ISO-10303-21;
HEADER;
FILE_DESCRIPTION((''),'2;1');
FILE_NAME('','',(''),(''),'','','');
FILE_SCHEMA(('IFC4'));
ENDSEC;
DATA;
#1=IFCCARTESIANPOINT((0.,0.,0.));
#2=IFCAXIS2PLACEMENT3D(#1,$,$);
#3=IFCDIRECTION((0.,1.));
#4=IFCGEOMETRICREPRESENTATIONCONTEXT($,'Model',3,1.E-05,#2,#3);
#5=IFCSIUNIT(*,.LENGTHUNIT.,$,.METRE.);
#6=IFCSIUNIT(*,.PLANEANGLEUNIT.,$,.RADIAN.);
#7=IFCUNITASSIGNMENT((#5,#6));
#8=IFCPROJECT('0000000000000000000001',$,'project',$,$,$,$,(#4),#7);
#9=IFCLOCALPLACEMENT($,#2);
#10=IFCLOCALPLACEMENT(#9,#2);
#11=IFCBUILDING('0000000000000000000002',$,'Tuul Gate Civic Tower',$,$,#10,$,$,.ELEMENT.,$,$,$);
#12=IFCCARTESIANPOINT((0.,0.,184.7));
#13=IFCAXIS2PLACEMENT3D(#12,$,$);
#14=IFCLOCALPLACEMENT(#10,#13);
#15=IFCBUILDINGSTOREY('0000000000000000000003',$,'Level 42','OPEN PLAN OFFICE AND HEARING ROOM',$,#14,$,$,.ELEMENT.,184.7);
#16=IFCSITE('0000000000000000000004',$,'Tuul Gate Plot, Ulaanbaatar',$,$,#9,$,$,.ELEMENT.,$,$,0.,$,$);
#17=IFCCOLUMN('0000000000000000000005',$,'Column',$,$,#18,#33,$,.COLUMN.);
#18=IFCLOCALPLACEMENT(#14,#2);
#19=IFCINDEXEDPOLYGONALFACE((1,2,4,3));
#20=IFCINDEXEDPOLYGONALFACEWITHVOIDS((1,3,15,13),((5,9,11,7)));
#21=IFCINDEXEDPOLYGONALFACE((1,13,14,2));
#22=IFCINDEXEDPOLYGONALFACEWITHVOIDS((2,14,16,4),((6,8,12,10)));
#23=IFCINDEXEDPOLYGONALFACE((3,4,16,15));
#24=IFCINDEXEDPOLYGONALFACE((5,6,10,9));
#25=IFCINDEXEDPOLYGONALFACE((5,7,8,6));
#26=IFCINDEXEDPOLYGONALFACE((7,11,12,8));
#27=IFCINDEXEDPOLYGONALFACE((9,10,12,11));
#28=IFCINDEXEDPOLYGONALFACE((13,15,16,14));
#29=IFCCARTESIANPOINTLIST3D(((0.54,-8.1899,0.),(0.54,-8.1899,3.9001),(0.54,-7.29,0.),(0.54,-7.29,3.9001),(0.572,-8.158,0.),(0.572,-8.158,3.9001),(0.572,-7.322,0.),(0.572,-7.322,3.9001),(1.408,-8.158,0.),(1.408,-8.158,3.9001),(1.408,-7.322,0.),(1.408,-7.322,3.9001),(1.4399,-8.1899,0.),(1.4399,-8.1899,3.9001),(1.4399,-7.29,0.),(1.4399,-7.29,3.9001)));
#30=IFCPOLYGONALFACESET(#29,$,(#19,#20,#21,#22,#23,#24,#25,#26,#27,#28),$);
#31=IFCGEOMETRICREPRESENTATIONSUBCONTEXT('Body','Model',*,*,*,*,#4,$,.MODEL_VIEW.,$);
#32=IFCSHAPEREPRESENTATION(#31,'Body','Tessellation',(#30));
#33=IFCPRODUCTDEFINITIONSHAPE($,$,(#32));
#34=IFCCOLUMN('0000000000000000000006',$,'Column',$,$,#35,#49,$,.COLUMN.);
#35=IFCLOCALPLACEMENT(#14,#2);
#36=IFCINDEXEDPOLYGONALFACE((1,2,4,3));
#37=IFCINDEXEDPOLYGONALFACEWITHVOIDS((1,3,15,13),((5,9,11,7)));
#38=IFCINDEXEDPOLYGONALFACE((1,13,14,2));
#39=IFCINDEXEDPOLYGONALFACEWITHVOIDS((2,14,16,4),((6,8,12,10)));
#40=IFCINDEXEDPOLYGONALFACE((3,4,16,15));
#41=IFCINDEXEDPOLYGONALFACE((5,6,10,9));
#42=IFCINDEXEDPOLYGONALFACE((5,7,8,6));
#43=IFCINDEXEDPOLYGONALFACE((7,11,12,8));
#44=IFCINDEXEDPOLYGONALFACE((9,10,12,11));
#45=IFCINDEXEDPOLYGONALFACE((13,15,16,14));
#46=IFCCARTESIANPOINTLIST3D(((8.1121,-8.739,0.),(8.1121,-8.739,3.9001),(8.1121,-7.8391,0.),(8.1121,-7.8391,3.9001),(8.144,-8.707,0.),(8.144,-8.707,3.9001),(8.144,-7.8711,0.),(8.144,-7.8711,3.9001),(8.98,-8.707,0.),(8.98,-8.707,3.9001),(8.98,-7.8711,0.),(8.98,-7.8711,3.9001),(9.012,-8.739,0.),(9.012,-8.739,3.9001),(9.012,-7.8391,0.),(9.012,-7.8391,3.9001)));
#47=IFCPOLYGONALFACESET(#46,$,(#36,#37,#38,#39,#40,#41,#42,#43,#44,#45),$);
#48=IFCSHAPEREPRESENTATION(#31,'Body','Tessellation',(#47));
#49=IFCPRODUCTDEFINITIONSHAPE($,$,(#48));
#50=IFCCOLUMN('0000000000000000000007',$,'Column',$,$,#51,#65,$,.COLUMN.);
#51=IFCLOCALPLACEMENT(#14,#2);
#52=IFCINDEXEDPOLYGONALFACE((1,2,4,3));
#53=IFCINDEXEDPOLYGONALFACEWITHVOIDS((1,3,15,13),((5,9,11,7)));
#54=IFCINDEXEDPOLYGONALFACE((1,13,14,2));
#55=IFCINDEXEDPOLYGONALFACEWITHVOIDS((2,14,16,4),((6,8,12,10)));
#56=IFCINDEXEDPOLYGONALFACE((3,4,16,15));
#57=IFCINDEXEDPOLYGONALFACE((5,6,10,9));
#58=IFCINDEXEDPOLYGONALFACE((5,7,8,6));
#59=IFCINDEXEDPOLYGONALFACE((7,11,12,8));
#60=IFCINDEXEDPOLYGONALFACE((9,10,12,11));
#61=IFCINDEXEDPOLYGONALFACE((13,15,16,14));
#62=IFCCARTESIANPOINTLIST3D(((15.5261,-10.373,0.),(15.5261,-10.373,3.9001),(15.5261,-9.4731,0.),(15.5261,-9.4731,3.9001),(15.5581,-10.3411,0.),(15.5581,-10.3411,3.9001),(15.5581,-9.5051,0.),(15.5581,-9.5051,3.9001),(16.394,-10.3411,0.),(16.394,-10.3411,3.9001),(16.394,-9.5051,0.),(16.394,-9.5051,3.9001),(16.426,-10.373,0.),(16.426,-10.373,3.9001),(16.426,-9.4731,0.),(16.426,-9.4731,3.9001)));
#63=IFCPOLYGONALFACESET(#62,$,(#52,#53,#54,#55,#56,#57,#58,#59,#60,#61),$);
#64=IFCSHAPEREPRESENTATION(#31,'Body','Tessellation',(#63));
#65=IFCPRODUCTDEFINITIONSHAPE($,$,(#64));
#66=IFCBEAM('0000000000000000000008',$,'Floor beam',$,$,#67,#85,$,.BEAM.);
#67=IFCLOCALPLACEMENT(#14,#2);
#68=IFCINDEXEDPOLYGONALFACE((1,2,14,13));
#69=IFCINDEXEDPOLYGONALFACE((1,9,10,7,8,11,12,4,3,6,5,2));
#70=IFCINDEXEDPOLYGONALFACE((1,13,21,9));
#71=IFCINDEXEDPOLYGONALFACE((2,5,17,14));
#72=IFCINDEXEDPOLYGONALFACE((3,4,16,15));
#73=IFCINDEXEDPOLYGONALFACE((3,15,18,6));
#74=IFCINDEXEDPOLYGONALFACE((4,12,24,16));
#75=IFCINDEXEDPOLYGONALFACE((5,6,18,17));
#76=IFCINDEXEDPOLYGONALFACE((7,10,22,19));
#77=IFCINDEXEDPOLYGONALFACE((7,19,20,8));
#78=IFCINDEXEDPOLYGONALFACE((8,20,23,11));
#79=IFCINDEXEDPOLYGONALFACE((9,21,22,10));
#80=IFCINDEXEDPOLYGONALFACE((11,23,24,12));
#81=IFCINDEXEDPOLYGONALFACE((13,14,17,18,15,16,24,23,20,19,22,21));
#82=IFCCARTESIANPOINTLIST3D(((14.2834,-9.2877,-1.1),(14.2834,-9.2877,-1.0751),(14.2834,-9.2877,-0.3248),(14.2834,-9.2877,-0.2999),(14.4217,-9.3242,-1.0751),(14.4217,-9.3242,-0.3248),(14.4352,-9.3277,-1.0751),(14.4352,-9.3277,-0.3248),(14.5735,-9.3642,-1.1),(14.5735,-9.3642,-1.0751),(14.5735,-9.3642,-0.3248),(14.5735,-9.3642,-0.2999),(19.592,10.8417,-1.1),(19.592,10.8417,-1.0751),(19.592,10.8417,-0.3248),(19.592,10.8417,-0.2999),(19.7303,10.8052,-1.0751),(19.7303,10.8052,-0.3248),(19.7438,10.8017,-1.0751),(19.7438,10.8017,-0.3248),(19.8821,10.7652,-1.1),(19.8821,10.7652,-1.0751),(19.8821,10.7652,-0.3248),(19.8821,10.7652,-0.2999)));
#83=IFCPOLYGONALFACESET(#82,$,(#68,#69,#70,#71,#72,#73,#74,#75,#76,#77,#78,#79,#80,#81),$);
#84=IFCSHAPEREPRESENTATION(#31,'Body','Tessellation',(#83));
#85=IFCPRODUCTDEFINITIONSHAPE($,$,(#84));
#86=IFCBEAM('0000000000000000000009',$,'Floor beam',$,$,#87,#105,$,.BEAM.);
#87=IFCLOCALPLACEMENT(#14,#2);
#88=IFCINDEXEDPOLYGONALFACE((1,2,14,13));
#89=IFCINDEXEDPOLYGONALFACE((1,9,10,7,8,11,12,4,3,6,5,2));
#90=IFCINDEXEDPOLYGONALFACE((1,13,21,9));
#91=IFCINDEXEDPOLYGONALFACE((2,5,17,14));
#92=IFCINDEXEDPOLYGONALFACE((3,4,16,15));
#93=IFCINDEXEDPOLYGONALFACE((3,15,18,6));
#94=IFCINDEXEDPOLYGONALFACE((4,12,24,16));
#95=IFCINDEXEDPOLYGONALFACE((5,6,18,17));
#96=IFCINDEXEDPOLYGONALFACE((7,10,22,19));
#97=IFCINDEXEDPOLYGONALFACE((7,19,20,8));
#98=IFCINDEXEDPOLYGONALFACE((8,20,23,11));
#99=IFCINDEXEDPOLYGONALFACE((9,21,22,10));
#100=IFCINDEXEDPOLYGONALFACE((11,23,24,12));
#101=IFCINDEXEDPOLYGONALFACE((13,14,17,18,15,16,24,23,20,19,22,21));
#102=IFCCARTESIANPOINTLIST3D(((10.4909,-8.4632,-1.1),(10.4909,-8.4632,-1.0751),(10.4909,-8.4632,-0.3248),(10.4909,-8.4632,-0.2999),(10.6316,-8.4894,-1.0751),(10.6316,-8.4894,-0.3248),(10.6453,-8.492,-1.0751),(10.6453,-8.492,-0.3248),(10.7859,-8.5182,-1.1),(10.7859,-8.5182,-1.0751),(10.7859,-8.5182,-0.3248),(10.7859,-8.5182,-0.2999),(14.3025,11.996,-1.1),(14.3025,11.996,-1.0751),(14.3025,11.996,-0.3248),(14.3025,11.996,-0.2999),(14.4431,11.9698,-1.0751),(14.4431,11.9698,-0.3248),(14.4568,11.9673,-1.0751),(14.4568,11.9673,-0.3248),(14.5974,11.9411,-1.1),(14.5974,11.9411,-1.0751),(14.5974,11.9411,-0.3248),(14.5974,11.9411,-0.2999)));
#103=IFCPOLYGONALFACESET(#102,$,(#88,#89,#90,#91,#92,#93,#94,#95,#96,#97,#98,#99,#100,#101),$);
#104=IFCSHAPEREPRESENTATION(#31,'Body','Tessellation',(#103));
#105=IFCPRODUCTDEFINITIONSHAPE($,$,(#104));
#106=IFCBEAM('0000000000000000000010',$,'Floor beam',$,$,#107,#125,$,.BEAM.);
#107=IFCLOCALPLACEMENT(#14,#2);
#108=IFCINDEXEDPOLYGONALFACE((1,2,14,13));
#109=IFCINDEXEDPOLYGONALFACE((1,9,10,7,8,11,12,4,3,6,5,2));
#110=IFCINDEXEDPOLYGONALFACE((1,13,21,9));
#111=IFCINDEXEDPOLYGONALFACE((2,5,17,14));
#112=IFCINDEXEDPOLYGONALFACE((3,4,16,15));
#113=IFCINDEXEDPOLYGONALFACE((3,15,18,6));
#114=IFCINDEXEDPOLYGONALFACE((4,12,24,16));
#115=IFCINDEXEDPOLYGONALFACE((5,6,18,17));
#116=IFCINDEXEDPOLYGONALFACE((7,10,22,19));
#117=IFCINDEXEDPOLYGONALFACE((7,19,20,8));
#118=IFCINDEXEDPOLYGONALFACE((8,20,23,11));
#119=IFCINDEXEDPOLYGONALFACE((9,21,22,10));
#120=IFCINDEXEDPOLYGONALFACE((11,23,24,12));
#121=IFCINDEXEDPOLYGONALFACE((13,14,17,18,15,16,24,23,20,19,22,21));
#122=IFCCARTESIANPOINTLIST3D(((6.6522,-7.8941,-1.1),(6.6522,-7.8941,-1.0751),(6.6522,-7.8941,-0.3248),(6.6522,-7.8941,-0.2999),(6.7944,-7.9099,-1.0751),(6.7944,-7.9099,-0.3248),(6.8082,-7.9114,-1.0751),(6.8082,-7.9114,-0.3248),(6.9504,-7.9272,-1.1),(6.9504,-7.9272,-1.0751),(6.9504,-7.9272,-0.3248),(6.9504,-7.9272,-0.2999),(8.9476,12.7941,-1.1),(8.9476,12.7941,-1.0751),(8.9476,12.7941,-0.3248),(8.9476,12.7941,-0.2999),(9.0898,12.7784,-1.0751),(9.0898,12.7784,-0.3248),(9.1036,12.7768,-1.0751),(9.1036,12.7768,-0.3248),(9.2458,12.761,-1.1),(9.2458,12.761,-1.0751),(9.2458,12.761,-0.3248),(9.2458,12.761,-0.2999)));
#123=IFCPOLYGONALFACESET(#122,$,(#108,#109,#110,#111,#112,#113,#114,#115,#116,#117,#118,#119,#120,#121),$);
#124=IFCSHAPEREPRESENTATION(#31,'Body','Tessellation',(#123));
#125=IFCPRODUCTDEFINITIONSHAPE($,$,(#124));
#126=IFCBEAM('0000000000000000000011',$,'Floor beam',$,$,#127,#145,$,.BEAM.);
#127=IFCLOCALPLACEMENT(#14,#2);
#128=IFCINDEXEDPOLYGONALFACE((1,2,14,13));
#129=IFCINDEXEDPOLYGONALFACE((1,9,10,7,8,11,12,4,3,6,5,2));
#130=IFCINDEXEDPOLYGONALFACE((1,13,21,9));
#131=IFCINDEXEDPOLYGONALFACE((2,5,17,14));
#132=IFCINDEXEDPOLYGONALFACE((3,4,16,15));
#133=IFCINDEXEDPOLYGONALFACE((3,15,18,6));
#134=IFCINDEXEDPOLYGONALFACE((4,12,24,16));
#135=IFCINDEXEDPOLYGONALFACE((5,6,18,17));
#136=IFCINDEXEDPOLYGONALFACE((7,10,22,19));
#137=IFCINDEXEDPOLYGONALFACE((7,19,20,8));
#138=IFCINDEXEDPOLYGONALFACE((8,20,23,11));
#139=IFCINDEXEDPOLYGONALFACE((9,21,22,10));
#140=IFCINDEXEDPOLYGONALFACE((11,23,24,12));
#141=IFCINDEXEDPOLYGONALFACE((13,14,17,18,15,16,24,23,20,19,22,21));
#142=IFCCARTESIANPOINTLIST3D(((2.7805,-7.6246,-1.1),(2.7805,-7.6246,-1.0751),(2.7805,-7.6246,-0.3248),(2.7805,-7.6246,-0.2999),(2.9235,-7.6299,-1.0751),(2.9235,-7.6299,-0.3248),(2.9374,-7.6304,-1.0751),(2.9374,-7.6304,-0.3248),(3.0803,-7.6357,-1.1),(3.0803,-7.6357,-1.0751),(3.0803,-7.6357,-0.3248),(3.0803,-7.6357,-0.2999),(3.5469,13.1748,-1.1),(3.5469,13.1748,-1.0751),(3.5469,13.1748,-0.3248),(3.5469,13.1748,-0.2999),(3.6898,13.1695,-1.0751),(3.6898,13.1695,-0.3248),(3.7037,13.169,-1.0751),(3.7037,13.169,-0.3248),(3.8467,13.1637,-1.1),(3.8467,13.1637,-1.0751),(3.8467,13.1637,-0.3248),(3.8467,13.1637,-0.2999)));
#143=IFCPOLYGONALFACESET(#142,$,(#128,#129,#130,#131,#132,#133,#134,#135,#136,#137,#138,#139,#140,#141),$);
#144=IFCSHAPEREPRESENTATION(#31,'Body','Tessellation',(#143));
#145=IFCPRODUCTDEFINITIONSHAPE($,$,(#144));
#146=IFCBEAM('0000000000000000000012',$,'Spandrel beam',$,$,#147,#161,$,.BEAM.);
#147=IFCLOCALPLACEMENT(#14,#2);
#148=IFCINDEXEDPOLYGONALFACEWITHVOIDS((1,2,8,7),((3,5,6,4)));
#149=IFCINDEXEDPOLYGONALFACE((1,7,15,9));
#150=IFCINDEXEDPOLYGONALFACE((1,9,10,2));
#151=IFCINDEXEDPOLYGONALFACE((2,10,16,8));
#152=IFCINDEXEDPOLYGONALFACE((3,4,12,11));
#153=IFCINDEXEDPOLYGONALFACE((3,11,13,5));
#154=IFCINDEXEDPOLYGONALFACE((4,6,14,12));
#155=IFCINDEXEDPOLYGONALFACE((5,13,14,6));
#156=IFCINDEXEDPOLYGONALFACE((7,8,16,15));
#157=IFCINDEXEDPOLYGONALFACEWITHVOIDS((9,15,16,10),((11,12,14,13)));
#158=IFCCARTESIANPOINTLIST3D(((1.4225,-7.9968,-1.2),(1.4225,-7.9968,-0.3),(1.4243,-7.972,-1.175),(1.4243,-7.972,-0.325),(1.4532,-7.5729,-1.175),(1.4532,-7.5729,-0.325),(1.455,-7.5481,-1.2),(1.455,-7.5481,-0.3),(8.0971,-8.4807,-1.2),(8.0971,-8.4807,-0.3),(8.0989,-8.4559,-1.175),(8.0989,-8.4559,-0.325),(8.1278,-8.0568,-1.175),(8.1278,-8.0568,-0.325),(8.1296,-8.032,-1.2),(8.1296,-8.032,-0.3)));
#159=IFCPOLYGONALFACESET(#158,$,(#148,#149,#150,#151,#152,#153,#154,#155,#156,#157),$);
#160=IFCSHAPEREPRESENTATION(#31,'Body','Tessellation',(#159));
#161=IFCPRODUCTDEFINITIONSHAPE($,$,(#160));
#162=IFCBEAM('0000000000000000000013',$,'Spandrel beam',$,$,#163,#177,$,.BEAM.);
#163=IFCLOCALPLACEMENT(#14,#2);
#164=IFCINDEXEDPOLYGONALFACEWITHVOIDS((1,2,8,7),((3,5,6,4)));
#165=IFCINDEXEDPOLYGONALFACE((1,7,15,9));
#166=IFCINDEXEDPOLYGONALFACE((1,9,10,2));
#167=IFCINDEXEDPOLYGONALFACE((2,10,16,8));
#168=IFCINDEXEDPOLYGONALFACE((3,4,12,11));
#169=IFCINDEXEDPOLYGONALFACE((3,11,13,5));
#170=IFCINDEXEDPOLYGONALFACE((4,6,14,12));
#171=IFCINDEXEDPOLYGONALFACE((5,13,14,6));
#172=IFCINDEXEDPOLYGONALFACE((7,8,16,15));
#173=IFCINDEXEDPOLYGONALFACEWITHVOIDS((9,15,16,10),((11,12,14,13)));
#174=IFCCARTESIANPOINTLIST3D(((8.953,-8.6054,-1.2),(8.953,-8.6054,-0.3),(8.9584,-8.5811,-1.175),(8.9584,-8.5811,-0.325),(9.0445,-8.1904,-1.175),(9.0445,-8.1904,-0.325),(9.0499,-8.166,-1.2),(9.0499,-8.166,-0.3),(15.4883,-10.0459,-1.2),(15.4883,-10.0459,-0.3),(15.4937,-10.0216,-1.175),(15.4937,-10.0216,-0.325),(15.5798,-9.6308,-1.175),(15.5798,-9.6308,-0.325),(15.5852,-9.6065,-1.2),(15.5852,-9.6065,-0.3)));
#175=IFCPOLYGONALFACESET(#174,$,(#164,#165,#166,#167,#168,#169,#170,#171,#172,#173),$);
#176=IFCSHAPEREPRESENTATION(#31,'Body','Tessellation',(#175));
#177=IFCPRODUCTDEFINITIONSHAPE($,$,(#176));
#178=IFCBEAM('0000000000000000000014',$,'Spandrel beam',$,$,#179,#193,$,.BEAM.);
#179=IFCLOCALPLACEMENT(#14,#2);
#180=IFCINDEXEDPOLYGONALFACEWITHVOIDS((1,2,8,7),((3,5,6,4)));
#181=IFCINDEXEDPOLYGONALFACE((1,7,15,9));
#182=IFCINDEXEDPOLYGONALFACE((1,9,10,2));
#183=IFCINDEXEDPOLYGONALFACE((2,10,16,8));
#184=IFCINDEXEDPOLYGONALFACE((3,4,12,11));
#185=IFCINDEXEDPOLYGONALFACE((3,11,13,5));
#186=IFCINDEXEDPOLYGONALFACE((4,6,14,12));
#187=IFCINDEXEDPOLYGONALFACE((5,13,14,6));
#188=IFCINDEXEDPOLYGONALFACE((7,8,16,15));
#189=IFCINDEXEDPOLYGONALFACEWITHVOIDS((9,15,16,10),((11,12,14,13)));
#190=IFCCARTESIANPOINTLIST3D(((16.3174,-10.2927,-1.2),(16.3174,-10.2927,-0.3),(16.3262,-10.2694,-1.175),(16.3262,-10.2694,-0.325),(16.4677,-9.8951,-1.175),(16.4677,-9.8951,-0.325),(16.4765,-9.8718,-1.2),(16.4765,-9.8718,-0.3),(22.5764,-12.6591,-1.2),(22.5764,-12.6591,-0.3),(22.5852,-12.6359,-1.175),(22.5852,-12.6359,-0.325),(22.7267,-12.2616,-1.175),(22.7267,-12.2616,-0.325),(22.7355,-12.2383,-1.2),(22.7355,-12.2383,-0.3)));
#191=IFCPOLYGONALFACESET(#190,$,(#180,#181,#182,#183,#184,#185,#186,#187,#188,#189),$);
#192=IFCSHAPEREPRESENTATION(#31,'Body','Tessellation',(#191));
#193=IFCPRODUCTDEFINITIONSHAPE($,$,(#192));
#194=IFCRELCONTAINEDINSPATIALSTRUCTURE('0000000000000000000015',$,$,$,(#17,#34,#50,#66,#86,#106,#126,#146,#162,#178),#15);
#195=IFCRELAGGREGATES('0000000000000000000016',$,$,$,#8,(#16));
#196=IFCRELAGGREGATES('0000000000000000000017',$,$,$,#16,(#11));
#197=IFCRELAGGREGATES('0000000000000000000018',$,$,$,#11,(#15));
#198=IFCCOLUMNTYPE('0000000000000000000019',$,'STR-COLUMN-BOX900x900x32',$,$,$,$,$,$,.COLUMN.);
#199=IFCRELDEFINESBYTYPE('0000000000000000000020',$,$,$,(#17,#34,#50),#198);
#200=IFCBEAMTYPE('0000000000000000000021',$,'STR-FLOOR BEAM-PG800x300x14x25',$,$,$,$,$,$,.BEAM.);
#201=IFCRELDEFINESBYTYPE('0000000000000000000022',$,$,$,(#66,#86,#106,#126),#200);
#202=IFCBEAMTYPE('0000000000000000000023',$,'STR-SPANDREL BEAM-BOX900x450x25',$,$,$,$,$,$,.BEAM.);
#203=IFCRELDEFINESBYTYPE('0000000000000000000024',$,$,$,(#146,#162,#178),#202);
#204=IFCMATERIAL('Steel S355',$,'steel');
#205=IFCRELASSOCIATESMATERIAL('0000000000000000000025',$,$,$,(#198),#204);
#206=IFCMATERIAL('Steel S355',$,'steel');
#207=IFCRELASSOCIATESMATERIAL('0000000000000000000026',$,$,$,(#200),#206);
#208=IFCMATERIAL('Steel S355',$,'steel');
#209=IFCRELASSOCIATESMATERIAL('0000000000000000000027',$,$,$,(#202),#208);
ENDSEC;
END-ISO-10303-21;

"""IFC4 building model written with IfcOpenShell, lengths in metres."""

from ifc_helpers import new_model, si_unit, direction, frame, origin, origin_2d, place, context, subcontext, project, spatial, hollow_rectangle, i_section, extrude, material, material_profile, profile_set, type_object, element, save


model = new_model("IFC4")

# Units and contexts
model_context = context("Model", 3, precision=1e-05, world=origin(), true_north=direction((0.0, 1.0)))
body_context = subcontext(model_context, "Body", "Model", "MODEL_VIEW")
ifc_project = project(units=[si_unit("LENGTHUNIT", "METRE"), si_unit("PLANEANGLEUNIT", "RADIAN")], contexts=[model_context])

# Site, building, storey
site_placement = place(None, origin())
site = spatial("IfcSite", under=ifc_project, at=site_placement, Name="Tuul Gate Plot, Ulaanbaatar", CompositionType="ELEMENT", RefElevation=0.0)
building_placement = place(site_placement, origin())
building = spatial("IfcBuilding", under=site, at=building_placement, Name="Tuul Gate Civic Tower", CompositionType="ELEMENT")
storey_placement = place(building_placement, frame((0.0, 0.0, 184.7)))
storey = spatial("IfcBuildingStorey", under=building, at=storey_placement, Name="Level 42", Description="OPEN PLAN OFFICE AND HEARING ROOM", CompositionType="ELEMENT", Elevation=184.7)

# Columns
ifc_material_1 = material(Name="Steel S355", Category="steel")
ifc_material_profile_1 = material_profile(ifc_material_1, hollow_rectangle(XDim=0.8999, YDim=0.8999, WallThickness=0.032, at=origin_2d()), Name="BOX900x900x32")
ifc_profile_set_1 = profile_set([ifc_material_profile_1], Name="Steel S355")
column_type = type_object("IfcColumnType", Name="STR-COLUMN-BOX900x900x32", PredefinedType="COLUMN", material=ifc_profile_set_1)
for number, where, z_axis, x_axis, name in (
    (1, (0.99, -7.74, 0.0), (0.0, 0.0, 1.0), (1.0, 0.0, 0.0), "Column"),
    (2, (8.562, -8.2891, 0.0), (0.0, 0.0, 1.0), (1.0, 0.0, 0.0), "Column"),
    (3, (15.9761, -9.9231, 0.0), (0.0, 0.0, 1.0), (1.0, 0.0, 0.0), "Column"),
):
    element("IfcColumn", number, at=place(storey_placement, frame(where, z_axis=z_axis, x_axis=x_axis)), inside=storey, type_object=column_type, Name=name, PredefinedType="COLUMN", context=body_context, shape_type="SweptSolid", body=[
        extrude(hollow_rectangle(XDim=0.8999, YDim=0.8999, WallThickness=0.032, at=origin_2d()), origin(), (0.0, 0.0, 1.0), 3.9001),
    ])

# Beams
ifc_material_2 = material(Name="Steel S355", Category="steel")
ifc_material_profile_2 = material_profile(ifc_material_2, i_section(OverallWidth=0.3, OverallDepth=0.8, WebThickness=0.0139, FlangeThickness=0.0249, at=origin_2d()), Name="PG800x300x14x25")
ifc_profile_set_2 = profile_set([ifc_material_profile_2], Name="Steel S355")
beam_type_1 = type_object("IfcBeamType", Name="STR-FLOOR BEAM-PG800x300x14x25", PredefinedType="BEAM", material=ifc_profile_set_2)
beam_1_placement = place(storey_placement, frame((14.4285, -9.3259, -0.7), z_axis=(0.255005, 0.96694, 0.0), x_axis=(-0.96694, 0.255005, 0.0)))
element("IfcBeam", 4, at=beam_1_placement, inside=storey, type_object=beam_type_1, Name="Floor beam", PredefinedType="BEAM", context=body_context, shape_type="SweptSolid", body=[
    extrude(i_section(OverallWidth=0.3, OverallDepth=0.8, WebThickness=0.0139, FlangeThickness=0.0249, at=origin_2d()), origin(), (0.0, 0.0, 1.0), 20.8176),
])
beam_2_placement = place(storey_placement, frame((10.6384, -8.4907, -0.7), z_axis=(0.183147, 0.983085, 0.0), x_axis=(-0.983085, 0.183147, 0.0)))
element("IfcBeam", 5, at=beam_2_placement, inside=storey, type_object=beam_type_1, Name="Floor beam", PredefinedType="BEAM", context=body_context, shape_type="SweptSolid", body=[
    extrude(i_section(OverallWidth=0.3, OverallDepth=0.8, WebThickness=0.0139, FlangeThickness=0.0249, at=origin_2d()), origin(), (0.0, 0.0, 1.0), 20.8113),
])
beam_3_placement = place(storey_placement, frame((6.8013, -7.9106, -0.7), z_axis=(0.110276, 0.993901, 0.0), x_axis=(-0.993901, 0.110276, 0.0)))
element("IfcBeam", 6, at=beam_3_placement, inside=storey, type_object=beam_type_1, Name="Floor beam", PredefinedType="BEAM", context=body_context, shape_type="SweptSolid", body=[
    extrude(i_section(OverallWidth=0.3, OverallDepth=0.8, WebThickness=0.0139, FlangeThickness=0.0249, at=origin_2d()), origin(), (0.0, 0.0, 1.0), 20.8152),
])
beam_4_placement = place(storey_placement, frame((2.9304, -7.6301, -0.7), z_axis=(0.03682, 0.999322, 0.0), x_axis=(-0.999322, 0.03682, 0.0)))
element("IfcBeam", 7, at=beam_4_placement, inside=storey, type_object=beam_type_1, Name="Floor beam", PredefinedType="BEAM", context=body_context, shape_type="SweptSolid", body=[
    extrude(i_section(OverallWidth=0.3, OverallDepth=0.8, WebThickness=0.0139, FlangeThickness=0.0249, at=origin_2d()), origin(), (0.0, 0.0, 1.0), 20.8135),
])
ifc_material_3 = material(Name="Steel S355", Category="steel")
ifc_material_profile_3 = material_profile(ifc_material_3, hollow_rectangle(XDim=0.45, YDim=0.8999, WallThickness=0.0249, at=origin_2d()), Name="BOX900x450x25")
ifc_profile_set_3 = profile_set([ifc_material_profile_3], Name="Steel S355")
beam_type_2 = type_object("IfcBeamType", Name="STR-SPANDREL BEAM-BOX900x450x25", PredefinedType="BEAM", material=ifc_profile_set_3)
for number, where, z_axis, x_axis, name in (
    (8, (1.4387, -7.7725, -0.75), (0.997382, -0.072307, 0.0), (0.072307, 0.997382, 0.0), "Spandrel beam"),
    (9, (9.0015, -8.3857, -0.75), (0.97656, -0.215246, 0.0), (0.215246, 0.97656, 0.0), "Spandrel beam"),
):
    element("IfcBeam", number, at=place(storey_placement, frame(where, z_axis=z_axis, x_axis=x_axis)), inside=storey, type_object=beam_type_2, Name=name, PredefinedType="BEAM", context=body_context, shape_type="SweptSolid", body=[
        extrude(hollow_rectangle(XDim=0.45, YDim=0.8999, WallThickness=0.0249, at=origin_2d()), origin(), (0.0, 0.0, 1.0), 6.6921),
    ])
beam_5_placement = place(storey_placement, frame((16.397, -10.0823, -0.75), z_axis=(0.935377, -0.353653, 0.0), x_axis=(0.353653, 0.935377, 0.0)))
element("IfcBeam", 10, at=beam_5_placement, inside=storey, type_object=beam_type_2, Name="Spandrel beam", PredefinedType="BEAM", context=body_context, shape_type="SweptSolid", body=[
    extrude(hollow_rectangle(XDim=0.45, YDim=0.8999, WallThickness=0.0249, at=origin_2d()), origin(), (0.0, 0.0, 1.0), 6.6914),
])

save(model, "model.ifc")
